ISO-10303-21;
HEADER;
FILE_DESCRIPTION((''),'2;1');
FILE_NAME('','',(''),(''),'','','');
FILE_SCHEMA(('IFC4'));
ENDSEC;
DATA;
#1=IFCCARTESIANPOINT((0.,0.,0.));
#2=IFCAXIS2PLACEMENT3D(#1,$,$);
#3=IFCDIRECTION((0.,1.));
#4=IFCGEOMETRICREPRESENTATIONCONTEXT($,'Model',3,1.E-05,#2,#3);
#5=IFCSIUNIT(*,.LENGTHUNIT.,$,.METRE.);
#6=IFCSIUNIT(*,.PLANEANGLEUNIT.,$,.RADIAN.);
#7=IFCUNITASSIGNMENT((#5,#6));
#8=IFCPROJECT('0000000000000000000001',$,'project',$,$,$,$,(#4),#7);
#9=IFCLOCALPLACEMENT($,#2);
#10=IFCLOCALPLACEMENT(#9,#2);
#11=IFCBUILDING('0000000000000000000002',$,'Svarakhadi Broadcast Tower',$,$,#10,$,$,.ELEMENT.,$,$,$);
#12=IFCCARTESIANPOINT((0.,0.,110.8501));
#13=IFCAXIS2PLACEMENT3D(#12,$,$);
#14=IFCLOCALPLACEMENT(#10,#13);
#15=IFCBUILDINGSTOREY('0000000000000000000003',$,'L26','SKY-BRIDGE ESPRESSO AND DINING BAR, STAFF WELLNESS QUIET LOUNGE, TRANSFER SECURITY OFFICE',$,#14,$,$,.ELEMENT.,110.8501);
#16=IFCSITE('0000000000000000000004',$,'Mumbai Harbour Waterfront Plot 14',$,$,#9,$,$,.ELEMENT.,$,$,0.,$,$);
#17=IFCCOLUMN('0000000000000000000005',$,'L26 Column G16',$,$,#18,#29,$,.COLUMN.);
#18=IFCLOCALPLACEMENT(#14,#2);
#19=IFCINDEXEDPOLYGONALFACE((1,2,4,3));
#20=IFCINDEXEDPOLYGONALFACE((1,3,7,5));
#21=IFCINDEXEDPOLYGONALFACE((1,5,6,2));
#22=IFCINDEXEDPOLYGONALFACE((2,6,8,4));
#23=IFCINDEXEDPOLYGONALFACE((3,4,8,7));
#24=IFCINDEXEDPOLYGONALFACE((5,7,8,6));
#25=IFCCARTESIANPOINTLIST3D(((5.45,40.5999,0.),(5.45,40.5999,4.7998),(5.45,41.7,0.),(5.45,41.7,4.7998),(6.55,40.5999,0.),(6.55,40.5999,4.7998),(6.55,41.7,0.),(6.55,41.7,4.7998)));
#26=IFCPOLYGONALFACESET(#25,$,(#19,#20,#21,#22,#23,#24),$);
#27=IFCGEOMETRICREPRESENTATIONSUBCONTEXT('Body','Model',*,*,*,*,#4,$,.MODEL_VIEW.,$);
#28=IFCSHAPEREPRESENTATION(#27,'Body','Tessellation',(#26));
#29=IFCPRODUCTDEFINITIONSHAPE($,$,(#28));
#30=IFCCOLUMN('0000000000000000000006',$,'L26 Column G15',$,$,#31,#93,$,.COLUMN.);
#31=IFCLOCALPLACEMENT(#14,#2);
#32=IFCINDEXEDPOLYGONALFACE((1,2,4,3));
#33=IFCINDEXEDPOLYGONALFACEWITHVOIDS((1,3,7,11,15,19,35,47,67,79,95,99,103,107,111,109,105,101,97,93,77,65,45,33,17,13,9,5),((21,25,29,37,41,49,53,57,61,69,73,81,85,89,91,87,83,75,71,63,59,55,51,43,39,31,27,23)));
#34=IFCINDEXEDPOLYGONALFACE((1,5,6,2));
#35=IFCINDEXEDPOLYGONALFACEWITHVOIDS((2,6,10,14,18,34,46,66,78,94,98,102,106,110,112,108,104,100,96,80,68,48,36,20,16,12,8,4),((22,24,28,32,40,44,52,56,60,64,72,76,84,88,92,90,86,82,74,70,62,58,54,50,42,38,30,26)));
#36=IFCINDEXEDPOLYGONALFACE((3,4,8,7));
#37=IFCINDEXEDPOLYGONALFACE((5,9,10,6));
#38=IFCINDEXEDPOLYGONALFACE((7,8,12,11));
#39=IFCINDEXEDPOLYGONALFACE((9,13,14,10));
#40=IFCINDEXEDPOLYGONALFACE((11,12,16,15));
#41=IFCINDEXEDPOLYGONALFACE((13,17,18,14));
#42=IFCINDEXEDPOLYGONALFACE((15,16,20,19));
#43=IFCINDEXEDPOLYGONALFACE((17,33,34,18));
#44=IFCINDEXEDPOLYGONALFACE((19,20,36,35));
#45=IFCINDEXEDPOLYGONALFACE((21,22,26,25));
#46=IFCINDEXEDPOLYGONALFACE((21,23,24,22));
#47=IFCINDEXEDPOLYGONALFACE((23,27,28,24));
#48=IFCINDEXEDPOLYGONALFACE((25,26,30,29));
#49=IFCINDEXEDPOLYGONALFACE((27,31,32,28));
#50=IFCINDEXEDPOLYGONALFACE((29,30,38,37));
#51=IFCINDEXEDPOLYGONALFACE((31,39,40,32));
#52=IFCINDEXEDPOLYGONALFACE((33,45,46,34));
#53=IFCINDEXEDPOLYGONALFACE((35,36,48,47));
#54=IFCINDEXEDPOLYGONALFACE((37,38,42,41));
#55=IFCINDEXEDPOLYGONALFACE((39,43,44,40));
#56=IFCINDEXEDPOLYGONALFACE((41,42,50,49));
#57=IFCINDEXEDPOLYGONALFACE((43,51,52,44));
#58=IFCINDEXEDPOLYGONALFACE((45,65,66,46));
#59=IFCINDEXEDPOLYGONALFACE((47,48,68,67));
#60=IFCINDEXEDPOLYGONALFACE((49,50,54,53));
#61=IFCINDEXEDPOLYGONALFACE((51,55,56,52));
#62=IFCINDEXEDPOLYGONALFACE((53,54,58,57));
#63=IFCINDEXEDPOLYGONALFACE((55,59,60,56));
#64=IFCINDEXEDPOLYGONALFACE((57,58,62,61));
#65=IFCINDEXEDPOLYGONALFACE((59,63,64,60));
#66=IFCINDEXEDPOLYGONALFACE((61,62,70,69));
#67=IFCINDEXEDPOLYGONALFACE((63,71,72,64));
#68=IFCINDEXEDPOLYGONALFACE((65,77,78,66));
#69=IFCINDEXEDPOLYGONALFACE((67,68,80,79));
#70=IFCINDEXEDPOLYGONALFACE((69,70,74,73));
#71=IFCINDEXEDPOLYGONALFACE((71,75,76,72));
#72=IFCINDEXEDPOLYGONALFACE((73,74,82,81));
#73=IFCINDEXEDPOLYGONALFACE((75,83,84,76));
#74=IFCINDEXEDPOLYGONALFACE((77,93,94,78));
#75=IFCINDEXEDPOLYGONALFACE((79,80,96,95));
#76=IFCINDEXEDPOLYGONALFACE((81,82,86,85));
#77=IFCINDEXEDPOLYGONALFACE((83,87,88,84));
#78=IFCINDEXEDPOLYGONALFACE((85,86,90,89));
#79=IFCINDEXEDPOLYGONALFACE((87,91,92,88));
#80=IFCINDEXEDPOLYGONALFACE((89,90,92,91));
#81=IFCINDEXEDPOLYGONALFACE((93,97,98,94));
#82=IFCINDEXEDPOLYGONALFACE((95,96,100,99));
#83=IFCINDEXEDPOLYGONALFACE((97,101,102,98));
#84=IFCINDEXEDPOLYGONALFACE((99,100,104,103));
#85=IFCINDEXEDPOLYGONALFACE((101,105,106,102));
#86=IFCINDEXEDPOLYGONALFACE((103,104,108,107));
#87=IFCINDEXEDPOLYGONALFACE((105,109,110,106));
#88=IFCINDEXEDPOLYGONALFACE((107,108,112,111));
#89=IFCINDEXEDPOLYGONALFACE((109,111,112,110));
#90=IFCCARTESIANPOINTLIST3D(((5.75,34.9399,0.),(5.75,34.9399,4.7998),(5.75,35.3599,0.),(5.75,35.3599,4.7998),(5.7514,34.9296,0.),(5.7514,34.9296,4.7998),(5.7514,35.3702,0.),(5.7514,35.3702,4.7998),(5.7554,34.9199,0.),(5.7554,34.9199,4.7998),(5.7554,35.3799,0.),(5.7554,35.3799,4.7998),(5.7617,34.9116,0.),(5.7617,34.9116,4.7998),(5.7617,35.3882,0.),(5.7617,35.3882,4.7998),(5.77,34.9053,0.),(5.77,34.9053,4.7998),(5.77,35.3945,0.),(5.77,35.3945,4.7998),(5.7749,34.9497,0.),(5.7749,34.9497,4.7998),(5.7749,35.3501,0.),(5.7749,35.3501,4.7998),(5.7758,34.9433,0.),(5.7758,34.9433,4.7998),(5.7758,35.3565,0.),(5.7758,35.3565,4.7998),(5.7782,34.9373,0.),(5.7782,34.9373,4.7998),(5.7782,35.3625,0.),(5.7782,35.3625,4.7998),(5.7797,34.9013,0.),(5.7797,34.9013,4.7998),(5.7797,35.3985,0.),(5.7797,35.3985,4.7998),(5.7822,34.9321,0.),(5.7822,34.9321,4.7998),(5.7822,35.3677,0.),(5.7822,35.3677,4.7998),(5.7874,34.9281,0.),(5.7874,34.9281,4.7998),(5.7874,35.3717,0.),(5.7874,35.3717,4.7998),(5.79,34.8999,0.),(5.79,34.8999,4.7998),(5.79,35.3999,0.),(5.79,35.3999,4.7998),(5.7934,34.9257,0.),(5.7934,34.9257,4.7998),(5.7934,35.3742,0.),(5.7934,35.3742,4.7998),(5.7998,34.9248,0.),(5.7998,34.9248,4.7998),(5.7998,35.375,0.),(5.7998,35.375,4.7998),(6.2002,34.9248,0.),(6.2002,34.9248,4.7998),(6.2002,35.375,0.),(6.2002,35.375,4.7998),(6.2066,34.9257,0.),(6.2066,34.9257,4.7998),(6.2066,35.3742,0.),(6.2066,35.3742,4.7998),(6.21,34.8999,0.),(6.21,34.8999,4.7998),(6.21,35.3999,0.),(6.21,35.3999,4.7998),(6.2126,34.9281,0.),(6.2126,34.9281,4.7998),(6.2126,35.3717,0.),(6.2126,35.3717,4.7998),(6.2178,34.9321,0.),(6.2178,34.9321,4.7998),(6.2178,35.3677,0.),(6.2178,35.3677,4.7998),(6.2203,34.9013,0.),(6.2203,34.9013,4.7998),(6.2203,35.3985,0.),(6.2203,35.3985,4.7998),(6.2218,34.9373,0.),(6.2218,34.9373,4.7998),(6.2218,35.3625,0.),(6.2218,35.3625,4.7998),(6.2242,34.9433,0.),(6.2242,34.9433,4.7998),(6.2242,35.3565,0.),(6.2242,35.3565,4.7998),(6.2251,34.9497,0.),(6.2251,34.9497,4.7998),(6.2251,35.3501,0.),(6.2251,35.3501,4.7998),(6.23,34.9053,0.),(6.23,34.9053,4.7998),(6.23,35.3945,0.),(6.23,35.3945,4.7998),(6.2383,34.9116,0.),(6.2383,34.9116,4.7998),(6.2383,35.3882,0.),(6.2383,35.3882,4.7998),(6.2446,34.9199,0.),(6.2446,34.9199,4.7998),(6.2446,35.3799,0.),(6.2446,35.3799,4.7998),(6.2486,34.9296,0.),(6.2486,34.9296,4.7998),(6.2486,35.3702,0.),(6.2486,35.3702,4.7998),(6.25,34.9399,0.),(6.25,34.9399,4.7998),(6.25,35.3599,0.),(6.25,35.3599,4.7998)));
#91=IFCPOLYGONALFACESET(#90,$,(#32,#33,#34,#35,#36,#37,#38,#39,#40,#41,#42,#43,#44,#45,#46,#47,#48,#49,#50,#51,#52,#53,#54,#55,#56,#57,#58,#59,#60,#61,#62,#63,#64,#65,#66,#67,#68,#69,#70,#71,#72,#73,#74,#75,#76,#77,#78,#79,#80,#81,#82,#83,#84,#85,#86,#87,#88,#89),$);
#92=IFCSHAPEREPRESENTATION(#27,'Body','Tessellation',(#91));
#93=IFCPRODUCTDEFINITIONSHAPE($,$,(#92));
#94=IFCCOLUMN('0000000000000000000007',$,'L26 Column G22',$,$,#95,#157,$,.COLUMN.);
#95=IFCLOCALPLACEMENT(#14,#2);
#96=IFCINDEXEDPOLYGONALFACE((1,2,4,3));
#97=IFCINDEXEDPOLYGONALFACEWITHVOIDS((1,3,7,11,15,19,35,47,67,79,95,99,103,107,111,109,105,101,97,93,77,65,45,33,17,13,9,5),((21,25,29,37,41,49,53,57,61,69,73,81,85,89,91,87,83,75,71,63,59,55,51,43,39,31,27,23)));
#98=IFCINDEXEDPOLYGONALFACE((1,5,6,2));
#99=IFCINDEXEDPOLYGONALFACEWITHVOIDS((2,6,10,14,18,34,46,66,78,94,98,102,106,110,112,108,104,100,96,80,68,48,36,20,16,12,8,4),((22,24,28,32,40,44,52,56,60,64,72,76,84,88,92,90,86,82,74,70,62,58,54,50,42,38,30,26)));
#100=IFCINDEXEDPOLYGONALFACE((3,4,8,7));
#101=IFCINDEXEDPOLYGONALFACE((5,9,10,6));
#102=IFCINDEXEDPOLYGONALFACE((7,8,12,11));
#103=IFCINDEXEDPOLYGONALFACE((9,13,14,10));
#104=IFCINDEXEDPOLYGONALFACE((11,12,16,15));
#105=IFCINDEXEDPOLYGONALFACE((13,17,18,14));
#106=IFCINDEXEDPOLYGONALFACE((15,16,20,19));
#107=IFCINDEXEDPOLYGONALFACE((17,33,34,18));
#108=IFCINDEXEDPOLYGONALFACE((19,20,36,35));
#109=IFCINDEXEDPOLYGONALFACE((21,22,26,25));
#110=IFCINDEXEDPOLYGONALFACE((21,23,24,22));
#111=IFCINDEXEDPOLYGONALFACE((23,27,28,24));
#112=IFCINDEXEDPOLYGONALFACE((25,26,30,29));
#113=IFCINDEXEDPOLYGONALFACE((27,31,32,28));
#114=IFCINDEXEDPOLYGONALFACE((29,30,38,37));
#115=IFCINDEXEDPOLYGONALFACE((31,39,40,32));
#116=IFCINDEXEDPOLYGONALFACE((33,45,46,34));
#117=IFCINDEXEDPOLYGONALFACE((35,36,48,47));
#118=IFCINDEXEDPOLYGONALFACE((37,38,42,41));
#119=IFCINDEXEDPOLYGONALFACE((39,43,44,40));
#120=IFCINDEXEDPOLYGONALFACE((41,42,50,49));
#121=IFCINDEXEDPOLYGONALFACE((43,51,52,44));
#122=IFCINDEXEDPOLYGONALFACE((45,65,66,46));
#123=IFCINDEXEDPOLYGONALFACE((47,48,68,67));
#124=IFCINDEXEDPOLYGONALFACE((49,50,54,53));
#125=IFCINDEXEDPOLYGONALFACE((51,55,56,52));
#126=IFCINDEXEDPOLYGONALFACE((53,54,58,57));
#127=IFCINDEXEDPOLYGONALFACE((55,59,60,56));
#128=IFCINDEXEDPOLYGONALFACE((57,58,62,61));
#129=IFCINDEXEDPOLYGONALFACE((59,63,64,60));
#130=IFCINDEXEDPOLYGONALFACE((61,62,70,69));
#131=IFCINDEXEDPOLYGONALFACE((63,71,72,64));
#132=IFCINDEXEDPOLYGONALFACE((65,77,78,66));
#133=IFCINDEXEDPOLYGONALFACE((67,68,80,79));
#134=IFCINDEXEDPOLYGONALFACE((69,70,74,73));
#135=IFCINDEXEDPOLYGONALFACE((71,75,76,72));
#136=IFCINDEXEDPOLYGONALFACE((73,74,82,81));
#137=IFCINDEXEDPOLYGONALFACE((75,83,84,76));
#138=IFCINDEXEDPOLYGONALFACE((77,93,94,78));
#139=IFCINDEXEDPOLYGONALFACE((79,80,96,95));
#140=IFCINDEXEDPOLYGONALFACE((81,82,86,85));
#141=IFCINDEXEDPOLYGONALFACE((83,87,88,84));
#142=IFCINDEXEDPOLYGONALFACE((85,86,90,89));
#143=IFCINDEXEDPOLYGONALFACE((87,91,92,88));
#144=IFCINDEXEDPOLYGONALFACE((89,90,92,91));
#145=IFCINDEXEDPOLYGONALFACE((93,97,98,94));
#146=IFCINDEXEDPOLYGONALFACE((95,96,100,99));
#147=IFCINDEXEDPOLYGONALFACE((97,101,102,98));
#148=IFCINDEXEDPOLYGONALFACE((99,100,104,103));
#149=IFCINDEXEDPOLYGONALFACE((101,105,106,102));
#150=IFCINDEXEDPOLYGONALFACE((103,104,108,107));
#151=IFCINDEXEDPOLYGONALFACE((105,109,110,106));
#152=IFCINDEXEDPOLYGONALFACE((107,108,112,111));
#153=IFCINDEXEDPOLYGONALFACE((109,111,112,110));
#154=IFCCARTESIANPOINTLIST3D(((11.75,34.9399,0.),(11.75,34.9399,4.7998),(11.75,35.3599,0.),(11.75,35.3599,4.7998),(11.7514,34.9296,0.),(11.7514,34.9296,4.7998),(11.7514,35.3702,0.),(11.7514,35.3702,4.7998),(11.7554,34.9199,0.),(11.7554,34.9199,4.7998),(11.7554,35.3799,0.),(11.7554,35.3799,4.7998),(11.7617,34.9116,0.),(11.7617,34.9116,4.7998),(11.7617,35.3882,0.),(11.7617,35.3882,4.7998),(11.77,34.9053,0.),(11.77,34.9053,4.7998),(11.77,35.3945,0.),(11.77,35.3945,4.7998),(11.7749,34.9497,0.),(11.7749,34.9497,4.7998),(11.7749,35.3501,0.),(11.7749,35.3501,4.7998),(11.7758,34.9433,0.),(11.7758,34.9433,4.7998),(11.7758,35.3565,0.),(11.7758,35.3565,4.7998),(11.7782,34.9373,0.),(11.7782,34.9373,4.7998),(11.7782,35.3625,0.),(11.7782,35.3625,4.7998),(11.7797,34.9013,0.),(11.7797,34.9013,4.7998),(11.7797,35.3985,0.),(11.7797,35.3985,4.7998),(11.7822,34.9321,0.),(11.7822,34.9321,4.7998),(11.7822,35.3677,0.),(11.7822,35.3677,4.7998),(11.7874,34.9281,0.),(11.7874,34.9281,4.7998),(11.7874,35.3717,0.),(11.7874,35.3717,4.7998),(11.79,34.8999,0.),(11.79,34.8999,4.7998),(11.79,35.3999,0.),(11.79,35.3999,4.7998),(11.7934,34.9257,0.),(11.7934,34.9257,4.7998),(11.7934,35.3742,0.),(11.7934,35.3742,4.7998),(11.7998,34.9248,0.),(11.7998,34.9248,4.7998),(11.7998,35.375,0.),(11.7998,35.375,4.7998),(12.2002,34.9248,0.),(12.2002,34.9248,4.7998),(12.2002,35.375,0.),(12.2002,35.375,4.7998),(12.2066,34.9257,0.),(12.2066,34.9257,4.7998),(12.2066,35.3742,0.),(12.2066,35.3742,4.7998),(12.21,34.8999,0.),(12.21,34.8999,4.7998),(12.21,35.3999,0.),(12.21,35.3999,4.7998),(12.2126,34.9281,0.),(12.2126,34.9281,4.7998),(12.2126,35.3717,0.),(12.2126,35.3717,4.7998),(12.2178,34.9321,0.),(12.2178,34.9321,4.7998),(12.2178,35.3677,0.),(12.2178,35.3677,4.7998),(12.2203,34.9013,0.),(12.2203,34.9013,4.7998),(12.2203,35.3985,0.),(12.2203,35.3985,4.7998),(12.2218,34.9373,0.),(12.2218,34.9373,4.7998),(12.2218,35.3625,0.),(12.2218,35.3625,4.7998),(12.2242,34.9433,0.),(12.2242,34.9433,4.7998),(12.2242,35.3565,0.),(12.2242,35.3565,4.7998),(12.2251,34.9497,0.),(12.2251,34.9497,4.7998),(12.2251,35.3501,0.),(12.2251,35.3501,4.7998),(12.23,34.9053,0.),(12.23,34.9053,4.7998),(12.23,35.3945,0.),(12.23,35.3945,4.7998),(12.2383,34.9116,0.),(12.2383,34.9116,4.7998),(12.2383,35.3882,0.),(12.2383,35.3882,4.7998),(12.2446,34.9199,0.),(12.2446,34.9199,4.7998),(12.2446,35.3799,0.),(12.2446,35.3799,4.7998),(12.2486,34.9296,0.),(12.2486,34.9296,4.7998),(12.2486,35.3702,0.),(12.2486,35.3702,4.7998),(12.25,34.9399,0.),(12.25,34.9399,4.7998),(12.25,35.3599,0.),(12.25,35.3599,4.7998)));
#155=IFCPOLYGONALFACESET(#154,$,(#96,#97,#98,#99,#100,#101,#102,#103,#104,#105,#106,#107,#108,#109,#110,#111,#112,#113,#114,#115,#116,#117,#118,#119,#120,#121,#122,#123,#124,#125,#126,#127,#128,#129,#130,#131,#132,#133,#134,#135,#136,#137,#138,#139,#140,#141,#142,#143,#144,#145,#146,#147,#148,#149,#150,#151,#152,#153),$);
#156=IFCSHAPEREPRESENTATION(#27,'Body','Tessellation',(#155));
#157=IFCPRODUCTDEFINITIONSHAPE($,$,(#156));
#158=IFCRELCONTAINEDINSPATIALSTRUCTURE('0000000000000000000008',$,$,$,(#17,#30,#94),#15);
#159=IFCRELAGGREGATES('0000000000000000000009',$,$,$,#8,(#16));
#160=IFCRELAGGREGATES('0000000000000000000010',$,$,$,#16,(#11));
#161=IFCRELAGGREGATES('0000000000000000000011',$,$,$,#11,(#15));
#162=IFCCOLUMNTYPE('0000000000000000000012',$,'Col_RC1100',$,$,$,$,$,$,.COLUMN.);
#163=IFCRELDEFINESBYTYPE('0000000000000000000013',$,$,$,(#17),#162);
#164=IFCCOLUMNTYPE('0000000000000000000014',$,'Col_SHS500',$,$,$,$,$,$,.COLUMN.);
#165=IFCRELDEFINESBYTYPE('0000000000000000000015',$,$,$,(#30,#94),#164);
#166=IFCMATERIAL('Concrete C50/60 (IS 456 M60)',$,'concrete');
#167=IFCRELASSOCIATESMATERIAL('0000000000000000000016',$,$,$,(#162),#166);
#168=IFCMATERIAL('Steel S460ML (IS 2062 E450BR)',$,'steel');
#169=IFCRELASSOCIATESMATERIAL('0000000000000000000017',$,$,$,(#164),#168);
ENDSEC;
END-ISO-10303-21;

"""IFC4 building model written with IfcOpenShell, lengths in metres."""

from ifc_helpers import new_model, si_unit, direction, frame, origin, origin_2d, place, context, subcontext, project, spatial, rectangle, hollow_rectangle, extrude, material, material_profile, profile_set, type_object, element, save


model = new_model("IFC4")

# Units and contexts
model_context = context("Model", 3, precision=1e-05, world=origin(), true_north=direction((0.0, 1.0)))
body_context = subcontext(model_context, "Body", "Model", "MODEL_VIEW")
ifc_project = project(units=[si_unit("LENGTHUNIT", "METRE"), si_unit("PLANEANGLEUNIT", "RADIAN")], contexts=[model_context])

# Site, building, storey
site_placement = place(None, origin())
site = spatial("IfcSite", under=ifc_project, at=site_placement, Name="Mumbai Harbour Waterfront Plot 14", CompositionType="ELEMENT", RefElevation=0.0)
building_placement = place(site_placement, origin())
building = spatial("IfcBuilding", under=site, at=building_placement, Name="Svarakhadi Broadcast Tower", CompositionType="ELEMENT")
storey_placement = place(building_placement, frame((0.0, 0.0, 110.8501)))
storey = spatial("IfcBuildingStorey", under=building, at=storey_placement, Name="L26", Description="SKY-BRIDGE ESPRESSO AND DINING BAR, STAFF WELLNESS QUIET LOUNGE, TRANSFER SECURITY OFFICE", CompositionType="ELEMENT", Elevation=110.8501)

# Columns
ifc_material_1 = material(Name="Concrete C50/60 (IS 456 M60)", Category="concrete")
ifc_material_profile_1 = material_profile(ifc_material_1, rectangle(XDim=1.1001, YDim=1.1001, at=origin_2d()), Name="RC 1100x1100")
ifc_profile_set_1 = profile_set([ifc_material_profile_1], Name="Concrete C50/60 (IS 456 M60)")
column_type_1 = type_object("IfcColumnType", Name="Col_RC1100", PredefinedType="COLUMN", material=ifc_profile_set_1)
column_placement = place(storey_placement, frame((6.0, 41.1499, 0.0), z_axis=(0.0, 0.0, 1.0), x_axis=(1.0, 0.0, 0.0)))
element("IfcColumn", 1, at=column_placement, inside=storey, type_object=column_type_1, Name="L26 Column G16", PredefinedType="COLUMN", context=body_context, shape_type="SweptSolid", body=[
    extrude(rectangle(XDim=1.1001, YDim=1.1001, at=origin_2d()), origin(), (0.0, 0.0, 1.0), 4.7998),
])
ifc_material_2 = material(Name="Steel S460ML (IS 2062 E450BR)", Category="steel")
ifc_material_profile_2 = material_profile(ifc_material_2, hollow_rectangle(XDim=0.5, YDim=0.5, WallThickness=0.0249, InnerFilletRadius=0.0249, OuterFilletRadius=0.04, at=origin_2d()), Name="SHS 500x500x25")
ifc_profile_set_2 = profile_set([ifc_material_profile_2], Name="Steel S460ML (IS 2062 E450BR)")
column_type_2 = type_object("IfcColumnType", Name="Col_SHS500", PredefinedType="COLUMN", material=ifc_profile_set_2)
for number, where, z_axis, x_axis, name in (
    (2, (6.0, 35.1499, 0.0), (0.0, 0.0, 1.0), (1.0, 0.0, 0.0), "L26 Column G15"),
    (3, (12.0, 35.1499, 0.0), (0.0, 0.0, 1.0), (1.0, 0.0, 0.0), "L26 Column G22"),
):
    element("IfcColumn", number, at=place(storey_placement, frame(where, z_axis=z_axis, x_axis=x_axis)), inside=storey, type_object=column_type_2, Name=name, PredefinedType="COLUMN", context=body_context, shape_type="SweptSolid", body=[
        extrude(hollow_rectangle(XDim=0.5, YDim=0.5, WallThickness=0.0249, InnerFilletRadius=0.0249, OuterFilletRadius=0.04, at=origin_2d()), origin(), (0.0, 0.0, 1.0), 4.7998),
    ])

save(model, "model.ifc")
